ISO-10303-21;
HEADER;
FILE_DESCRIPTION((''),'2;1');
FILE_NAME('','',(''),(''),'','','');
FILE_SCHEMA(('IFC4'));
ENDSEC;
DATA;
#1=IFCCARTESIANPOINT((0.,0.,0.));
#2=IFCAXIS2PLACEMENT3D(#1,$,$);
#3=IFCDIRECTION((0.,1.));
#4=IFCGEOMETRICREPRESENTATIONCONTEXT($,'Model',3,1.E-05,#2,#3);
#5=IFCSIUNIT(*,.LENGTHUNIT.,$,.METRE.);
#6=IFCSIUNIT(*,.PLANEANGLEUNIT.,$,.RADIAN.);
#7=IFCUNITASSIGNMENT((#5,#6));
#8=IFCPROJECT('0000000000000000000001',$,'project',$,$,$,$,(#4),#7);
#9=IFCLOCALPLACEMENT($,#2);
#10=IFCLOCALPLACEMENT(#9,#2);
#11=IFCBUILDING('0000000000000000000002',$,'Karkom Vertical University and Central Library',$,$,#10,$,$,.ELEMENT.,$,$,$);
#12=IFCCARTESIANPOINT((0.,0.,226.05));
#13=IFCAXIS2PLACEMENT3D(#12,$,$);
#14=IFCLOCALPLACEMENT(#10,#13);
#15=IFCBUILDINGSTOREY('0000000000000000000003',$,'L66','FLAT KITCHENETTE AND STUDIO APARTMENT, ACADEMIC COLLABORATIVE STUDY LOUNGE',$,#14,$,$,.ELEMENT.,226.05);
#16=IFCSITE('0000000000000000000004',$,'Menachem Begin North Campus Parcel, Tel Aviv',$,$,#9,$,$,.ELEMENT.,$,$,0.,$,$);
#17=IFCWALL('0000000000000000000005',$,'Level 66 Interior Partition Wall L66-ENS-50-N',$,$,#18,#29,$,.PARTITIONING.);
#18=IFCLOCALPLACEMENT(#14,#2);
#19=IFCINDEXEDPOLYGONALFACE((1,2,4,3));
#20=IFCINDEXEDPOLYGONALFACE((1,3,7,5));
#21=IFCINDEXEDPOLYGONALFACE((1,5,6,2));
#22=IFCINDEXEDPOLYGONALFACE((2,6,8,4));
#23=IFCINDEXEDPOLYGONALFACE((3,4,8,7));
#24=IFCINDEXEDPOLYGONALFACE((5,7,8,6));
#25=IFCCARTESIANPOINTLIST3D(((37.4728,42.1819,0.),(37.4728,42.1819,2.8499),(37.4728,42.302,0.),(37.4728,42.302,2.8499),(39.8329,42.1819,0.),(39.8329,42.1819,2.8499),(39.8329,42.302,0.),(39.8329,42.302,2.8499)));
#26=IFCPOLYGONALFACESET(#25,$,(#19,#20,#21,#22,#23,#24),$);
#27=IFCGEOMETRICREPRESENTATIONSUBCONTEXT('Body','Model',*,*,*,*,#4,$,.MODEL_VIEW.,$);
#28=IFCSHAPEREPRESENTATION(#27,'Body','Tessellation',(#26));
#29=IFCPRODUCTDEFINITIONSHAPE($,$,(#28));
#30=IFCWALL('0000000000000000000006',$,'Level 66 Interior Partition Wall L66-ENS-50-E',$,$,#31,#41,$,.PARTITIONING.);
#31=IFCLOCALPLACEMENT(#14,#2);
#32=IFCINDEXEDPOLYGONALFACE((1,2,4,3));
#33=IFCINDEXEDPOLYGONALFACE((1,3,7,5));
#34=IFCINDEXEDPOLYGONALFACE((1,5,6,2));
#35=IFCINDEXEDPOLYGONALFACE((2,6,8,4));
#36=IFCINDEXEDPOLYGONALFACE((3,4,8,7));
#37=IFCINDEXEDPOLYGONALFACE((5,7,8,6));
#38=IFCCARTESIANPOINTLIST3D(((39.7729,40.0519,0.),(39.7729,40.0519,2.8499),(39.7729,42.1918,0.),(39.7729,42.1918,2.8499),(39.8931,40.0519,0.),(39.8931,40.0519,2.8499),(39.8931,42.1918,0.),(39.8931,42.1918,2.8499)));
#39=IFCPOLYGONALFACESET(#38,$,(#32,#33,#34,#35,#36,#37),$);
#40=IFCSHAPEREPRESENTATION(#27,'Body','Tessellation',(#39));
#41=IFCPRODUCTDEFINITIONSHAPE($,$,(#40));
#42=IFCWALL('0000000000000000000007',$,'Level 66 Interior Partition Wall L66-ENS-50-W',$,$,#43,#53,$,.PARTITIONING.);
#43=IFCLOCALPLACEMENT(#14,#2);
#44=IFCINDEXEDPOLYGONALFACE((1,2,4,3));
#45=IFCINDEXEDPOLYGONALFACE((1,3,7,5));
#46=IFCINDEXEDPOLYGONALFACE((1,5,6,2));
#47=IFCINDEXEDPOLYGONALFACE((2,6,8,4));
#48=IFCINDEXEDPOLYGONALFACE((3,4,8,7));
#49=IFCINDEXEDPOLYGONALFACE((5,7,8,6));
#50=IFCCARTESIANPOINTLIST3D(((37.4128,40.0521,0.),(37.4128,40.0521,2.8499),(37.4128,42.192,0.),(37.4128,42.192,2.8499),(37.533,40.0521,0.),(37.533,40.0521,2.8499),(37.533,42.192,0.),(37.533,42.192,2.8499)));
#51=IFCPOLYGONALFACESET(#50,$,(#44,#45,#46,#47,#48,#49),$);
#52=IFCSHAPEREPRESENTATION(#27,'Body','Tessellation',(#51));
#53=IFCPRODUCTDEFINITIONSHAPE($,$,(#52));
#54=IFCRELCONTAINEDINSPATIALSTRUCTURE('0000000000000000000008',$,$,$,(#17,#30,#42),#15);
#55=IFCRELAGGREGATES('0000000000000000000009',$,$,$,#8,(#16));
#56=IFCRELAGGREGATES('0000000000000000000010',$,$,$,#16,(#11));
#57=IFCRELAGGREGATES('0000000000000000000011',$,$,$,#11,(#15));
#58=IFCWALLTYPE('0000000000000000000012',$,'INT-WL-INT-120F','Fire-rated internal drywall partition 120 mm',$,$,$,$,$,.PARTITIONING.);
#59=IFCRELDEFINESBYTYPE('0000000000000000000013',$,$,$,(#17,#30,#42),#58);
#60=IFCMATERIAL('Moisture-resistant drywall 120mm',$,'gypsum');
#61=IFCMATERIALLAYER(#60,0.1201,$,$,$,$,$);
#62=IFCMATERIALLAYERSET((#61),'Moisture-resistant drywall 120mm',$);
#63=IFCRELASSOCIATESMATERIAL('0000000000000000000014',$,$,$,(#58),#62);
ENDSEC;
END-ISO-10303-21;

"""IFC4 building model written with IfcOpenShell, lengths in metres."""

from ifc_helpers import new_model, si_unit, direction, frame, frame_2d, origin, place, context, subcontext, project, spatial, rectangle, extrude, material, layer, layer_set, type_object, element, save


model = new_model("IFC4")

# Units and contexts
model_context = context("Model", 3, precision=1e-05, world=origin(), true_north=direction((0.0, 1.0)))
body_context = subcontext(model_context, "Body", "Model", "MODEL_VIEW")
ifc_project = project(units=[si_unit("LENGTHUNIT", "METRE"), si_unit("PLANEANGLEUNIT", "RADIAN")], contexts=[model_context])

# Site, building, storey
site_placement = place(None, origin())
site = spatial("IfcSite", under=ifc_project, at=site_placement, Name="Menachem Begin North Campus Parcel, Tel Aviv", CompositionType="ELEMENT", RefElevation=0.0)
building_placement = place(site_placement, origin())
building = spatial("IfcBuilding", under=site, at=building_placement, Name="Karkom Vertical University and Central Library", CompositionType="ELEMENT")
storey_placement = place(building_placement, frame((0.0, 0.0, 226.05)))
storey = spatial("IfcBuildingStorey", under=building, at=storey_placement, Name="L66", Description="FLAT KITCHENETTE AND STUDIO APARTMENT, ACADEMIC COLLABORATIVE STUDY LOUNGE", CompositionType="ELEMENT", Elevation=226.05)

# Shared definitions
ifc_material_1 = material(Name="Moisture-resistant drywall 120mm", Category="gypsum")
ifc_layer_1 = layer(ifc_material_1, 0.1201)
ifc_layer_set_1 = layer_set([ifc_layer_1], Name="Moisture-resistant drywall 120mm")
wall_type_1 = type_object("IfcWallType", Name="INT-WL-INT-120F", Description="Fire-rated internal drywall partition 120 mm", PredefinedType="PARTITIONING", material=ifc_layer_set_1)

# Walls
wall_1_placement = place(storey_placement, frame((39.833, 42.2419, 0.0), z_axis=(0.0, 0.0, 1.0), x_axis=(-1.0, 0.0, 0.0)))
element("IfcWall", 1, at=wall_1_placement, inside=storey, type_object=wall_type_1, Name="Level 66 Interior Partition Wall L66-ENS-50-N", PredefinedType="PARTITIONING", context=body_context, shape_type="SweptSolid", body=[
    extrude(rectangle(XDim=2.3601, YDim=0.1201, at=frame_2d((1.1802, 0.0))), origin(), (0.0, 0.0, 1.0), 2.8499),
])
for number, where, z_axis, x_axis, name in (
    (2, (39.833, 40.052, 0.0), (0.0, 0.0, 1.0), (0.0, 1.0, 0.0), "Level 66 Interior Partition Wall L66-ENS-50-E"),
    (3, (37.4729, 42.1919, 0.0), (0.0, 0.0, 1.0), (0.0, -1.0, 0.0), "Level 66 Interior Partition Wall L66-ENS-50-W"),
):
    element("IfcWall", number, at=place(storey_placement, frame(where, z_axis=z_axis, x_axis=x_axis)), inside=storey, type_object=wall_type_1, Name=name, PredefinedType="PARTITIONING", context=body_context, shape_type="SweptSolid", body=[
        extrude(rectangle(XDim=2.1399, YDim=0.1201, at=frame_2d((1.0698, 0.0))), origin(), (0.0, 0.0, 1.0), 2.8499),
    ])

save(model, "model.ifc")
